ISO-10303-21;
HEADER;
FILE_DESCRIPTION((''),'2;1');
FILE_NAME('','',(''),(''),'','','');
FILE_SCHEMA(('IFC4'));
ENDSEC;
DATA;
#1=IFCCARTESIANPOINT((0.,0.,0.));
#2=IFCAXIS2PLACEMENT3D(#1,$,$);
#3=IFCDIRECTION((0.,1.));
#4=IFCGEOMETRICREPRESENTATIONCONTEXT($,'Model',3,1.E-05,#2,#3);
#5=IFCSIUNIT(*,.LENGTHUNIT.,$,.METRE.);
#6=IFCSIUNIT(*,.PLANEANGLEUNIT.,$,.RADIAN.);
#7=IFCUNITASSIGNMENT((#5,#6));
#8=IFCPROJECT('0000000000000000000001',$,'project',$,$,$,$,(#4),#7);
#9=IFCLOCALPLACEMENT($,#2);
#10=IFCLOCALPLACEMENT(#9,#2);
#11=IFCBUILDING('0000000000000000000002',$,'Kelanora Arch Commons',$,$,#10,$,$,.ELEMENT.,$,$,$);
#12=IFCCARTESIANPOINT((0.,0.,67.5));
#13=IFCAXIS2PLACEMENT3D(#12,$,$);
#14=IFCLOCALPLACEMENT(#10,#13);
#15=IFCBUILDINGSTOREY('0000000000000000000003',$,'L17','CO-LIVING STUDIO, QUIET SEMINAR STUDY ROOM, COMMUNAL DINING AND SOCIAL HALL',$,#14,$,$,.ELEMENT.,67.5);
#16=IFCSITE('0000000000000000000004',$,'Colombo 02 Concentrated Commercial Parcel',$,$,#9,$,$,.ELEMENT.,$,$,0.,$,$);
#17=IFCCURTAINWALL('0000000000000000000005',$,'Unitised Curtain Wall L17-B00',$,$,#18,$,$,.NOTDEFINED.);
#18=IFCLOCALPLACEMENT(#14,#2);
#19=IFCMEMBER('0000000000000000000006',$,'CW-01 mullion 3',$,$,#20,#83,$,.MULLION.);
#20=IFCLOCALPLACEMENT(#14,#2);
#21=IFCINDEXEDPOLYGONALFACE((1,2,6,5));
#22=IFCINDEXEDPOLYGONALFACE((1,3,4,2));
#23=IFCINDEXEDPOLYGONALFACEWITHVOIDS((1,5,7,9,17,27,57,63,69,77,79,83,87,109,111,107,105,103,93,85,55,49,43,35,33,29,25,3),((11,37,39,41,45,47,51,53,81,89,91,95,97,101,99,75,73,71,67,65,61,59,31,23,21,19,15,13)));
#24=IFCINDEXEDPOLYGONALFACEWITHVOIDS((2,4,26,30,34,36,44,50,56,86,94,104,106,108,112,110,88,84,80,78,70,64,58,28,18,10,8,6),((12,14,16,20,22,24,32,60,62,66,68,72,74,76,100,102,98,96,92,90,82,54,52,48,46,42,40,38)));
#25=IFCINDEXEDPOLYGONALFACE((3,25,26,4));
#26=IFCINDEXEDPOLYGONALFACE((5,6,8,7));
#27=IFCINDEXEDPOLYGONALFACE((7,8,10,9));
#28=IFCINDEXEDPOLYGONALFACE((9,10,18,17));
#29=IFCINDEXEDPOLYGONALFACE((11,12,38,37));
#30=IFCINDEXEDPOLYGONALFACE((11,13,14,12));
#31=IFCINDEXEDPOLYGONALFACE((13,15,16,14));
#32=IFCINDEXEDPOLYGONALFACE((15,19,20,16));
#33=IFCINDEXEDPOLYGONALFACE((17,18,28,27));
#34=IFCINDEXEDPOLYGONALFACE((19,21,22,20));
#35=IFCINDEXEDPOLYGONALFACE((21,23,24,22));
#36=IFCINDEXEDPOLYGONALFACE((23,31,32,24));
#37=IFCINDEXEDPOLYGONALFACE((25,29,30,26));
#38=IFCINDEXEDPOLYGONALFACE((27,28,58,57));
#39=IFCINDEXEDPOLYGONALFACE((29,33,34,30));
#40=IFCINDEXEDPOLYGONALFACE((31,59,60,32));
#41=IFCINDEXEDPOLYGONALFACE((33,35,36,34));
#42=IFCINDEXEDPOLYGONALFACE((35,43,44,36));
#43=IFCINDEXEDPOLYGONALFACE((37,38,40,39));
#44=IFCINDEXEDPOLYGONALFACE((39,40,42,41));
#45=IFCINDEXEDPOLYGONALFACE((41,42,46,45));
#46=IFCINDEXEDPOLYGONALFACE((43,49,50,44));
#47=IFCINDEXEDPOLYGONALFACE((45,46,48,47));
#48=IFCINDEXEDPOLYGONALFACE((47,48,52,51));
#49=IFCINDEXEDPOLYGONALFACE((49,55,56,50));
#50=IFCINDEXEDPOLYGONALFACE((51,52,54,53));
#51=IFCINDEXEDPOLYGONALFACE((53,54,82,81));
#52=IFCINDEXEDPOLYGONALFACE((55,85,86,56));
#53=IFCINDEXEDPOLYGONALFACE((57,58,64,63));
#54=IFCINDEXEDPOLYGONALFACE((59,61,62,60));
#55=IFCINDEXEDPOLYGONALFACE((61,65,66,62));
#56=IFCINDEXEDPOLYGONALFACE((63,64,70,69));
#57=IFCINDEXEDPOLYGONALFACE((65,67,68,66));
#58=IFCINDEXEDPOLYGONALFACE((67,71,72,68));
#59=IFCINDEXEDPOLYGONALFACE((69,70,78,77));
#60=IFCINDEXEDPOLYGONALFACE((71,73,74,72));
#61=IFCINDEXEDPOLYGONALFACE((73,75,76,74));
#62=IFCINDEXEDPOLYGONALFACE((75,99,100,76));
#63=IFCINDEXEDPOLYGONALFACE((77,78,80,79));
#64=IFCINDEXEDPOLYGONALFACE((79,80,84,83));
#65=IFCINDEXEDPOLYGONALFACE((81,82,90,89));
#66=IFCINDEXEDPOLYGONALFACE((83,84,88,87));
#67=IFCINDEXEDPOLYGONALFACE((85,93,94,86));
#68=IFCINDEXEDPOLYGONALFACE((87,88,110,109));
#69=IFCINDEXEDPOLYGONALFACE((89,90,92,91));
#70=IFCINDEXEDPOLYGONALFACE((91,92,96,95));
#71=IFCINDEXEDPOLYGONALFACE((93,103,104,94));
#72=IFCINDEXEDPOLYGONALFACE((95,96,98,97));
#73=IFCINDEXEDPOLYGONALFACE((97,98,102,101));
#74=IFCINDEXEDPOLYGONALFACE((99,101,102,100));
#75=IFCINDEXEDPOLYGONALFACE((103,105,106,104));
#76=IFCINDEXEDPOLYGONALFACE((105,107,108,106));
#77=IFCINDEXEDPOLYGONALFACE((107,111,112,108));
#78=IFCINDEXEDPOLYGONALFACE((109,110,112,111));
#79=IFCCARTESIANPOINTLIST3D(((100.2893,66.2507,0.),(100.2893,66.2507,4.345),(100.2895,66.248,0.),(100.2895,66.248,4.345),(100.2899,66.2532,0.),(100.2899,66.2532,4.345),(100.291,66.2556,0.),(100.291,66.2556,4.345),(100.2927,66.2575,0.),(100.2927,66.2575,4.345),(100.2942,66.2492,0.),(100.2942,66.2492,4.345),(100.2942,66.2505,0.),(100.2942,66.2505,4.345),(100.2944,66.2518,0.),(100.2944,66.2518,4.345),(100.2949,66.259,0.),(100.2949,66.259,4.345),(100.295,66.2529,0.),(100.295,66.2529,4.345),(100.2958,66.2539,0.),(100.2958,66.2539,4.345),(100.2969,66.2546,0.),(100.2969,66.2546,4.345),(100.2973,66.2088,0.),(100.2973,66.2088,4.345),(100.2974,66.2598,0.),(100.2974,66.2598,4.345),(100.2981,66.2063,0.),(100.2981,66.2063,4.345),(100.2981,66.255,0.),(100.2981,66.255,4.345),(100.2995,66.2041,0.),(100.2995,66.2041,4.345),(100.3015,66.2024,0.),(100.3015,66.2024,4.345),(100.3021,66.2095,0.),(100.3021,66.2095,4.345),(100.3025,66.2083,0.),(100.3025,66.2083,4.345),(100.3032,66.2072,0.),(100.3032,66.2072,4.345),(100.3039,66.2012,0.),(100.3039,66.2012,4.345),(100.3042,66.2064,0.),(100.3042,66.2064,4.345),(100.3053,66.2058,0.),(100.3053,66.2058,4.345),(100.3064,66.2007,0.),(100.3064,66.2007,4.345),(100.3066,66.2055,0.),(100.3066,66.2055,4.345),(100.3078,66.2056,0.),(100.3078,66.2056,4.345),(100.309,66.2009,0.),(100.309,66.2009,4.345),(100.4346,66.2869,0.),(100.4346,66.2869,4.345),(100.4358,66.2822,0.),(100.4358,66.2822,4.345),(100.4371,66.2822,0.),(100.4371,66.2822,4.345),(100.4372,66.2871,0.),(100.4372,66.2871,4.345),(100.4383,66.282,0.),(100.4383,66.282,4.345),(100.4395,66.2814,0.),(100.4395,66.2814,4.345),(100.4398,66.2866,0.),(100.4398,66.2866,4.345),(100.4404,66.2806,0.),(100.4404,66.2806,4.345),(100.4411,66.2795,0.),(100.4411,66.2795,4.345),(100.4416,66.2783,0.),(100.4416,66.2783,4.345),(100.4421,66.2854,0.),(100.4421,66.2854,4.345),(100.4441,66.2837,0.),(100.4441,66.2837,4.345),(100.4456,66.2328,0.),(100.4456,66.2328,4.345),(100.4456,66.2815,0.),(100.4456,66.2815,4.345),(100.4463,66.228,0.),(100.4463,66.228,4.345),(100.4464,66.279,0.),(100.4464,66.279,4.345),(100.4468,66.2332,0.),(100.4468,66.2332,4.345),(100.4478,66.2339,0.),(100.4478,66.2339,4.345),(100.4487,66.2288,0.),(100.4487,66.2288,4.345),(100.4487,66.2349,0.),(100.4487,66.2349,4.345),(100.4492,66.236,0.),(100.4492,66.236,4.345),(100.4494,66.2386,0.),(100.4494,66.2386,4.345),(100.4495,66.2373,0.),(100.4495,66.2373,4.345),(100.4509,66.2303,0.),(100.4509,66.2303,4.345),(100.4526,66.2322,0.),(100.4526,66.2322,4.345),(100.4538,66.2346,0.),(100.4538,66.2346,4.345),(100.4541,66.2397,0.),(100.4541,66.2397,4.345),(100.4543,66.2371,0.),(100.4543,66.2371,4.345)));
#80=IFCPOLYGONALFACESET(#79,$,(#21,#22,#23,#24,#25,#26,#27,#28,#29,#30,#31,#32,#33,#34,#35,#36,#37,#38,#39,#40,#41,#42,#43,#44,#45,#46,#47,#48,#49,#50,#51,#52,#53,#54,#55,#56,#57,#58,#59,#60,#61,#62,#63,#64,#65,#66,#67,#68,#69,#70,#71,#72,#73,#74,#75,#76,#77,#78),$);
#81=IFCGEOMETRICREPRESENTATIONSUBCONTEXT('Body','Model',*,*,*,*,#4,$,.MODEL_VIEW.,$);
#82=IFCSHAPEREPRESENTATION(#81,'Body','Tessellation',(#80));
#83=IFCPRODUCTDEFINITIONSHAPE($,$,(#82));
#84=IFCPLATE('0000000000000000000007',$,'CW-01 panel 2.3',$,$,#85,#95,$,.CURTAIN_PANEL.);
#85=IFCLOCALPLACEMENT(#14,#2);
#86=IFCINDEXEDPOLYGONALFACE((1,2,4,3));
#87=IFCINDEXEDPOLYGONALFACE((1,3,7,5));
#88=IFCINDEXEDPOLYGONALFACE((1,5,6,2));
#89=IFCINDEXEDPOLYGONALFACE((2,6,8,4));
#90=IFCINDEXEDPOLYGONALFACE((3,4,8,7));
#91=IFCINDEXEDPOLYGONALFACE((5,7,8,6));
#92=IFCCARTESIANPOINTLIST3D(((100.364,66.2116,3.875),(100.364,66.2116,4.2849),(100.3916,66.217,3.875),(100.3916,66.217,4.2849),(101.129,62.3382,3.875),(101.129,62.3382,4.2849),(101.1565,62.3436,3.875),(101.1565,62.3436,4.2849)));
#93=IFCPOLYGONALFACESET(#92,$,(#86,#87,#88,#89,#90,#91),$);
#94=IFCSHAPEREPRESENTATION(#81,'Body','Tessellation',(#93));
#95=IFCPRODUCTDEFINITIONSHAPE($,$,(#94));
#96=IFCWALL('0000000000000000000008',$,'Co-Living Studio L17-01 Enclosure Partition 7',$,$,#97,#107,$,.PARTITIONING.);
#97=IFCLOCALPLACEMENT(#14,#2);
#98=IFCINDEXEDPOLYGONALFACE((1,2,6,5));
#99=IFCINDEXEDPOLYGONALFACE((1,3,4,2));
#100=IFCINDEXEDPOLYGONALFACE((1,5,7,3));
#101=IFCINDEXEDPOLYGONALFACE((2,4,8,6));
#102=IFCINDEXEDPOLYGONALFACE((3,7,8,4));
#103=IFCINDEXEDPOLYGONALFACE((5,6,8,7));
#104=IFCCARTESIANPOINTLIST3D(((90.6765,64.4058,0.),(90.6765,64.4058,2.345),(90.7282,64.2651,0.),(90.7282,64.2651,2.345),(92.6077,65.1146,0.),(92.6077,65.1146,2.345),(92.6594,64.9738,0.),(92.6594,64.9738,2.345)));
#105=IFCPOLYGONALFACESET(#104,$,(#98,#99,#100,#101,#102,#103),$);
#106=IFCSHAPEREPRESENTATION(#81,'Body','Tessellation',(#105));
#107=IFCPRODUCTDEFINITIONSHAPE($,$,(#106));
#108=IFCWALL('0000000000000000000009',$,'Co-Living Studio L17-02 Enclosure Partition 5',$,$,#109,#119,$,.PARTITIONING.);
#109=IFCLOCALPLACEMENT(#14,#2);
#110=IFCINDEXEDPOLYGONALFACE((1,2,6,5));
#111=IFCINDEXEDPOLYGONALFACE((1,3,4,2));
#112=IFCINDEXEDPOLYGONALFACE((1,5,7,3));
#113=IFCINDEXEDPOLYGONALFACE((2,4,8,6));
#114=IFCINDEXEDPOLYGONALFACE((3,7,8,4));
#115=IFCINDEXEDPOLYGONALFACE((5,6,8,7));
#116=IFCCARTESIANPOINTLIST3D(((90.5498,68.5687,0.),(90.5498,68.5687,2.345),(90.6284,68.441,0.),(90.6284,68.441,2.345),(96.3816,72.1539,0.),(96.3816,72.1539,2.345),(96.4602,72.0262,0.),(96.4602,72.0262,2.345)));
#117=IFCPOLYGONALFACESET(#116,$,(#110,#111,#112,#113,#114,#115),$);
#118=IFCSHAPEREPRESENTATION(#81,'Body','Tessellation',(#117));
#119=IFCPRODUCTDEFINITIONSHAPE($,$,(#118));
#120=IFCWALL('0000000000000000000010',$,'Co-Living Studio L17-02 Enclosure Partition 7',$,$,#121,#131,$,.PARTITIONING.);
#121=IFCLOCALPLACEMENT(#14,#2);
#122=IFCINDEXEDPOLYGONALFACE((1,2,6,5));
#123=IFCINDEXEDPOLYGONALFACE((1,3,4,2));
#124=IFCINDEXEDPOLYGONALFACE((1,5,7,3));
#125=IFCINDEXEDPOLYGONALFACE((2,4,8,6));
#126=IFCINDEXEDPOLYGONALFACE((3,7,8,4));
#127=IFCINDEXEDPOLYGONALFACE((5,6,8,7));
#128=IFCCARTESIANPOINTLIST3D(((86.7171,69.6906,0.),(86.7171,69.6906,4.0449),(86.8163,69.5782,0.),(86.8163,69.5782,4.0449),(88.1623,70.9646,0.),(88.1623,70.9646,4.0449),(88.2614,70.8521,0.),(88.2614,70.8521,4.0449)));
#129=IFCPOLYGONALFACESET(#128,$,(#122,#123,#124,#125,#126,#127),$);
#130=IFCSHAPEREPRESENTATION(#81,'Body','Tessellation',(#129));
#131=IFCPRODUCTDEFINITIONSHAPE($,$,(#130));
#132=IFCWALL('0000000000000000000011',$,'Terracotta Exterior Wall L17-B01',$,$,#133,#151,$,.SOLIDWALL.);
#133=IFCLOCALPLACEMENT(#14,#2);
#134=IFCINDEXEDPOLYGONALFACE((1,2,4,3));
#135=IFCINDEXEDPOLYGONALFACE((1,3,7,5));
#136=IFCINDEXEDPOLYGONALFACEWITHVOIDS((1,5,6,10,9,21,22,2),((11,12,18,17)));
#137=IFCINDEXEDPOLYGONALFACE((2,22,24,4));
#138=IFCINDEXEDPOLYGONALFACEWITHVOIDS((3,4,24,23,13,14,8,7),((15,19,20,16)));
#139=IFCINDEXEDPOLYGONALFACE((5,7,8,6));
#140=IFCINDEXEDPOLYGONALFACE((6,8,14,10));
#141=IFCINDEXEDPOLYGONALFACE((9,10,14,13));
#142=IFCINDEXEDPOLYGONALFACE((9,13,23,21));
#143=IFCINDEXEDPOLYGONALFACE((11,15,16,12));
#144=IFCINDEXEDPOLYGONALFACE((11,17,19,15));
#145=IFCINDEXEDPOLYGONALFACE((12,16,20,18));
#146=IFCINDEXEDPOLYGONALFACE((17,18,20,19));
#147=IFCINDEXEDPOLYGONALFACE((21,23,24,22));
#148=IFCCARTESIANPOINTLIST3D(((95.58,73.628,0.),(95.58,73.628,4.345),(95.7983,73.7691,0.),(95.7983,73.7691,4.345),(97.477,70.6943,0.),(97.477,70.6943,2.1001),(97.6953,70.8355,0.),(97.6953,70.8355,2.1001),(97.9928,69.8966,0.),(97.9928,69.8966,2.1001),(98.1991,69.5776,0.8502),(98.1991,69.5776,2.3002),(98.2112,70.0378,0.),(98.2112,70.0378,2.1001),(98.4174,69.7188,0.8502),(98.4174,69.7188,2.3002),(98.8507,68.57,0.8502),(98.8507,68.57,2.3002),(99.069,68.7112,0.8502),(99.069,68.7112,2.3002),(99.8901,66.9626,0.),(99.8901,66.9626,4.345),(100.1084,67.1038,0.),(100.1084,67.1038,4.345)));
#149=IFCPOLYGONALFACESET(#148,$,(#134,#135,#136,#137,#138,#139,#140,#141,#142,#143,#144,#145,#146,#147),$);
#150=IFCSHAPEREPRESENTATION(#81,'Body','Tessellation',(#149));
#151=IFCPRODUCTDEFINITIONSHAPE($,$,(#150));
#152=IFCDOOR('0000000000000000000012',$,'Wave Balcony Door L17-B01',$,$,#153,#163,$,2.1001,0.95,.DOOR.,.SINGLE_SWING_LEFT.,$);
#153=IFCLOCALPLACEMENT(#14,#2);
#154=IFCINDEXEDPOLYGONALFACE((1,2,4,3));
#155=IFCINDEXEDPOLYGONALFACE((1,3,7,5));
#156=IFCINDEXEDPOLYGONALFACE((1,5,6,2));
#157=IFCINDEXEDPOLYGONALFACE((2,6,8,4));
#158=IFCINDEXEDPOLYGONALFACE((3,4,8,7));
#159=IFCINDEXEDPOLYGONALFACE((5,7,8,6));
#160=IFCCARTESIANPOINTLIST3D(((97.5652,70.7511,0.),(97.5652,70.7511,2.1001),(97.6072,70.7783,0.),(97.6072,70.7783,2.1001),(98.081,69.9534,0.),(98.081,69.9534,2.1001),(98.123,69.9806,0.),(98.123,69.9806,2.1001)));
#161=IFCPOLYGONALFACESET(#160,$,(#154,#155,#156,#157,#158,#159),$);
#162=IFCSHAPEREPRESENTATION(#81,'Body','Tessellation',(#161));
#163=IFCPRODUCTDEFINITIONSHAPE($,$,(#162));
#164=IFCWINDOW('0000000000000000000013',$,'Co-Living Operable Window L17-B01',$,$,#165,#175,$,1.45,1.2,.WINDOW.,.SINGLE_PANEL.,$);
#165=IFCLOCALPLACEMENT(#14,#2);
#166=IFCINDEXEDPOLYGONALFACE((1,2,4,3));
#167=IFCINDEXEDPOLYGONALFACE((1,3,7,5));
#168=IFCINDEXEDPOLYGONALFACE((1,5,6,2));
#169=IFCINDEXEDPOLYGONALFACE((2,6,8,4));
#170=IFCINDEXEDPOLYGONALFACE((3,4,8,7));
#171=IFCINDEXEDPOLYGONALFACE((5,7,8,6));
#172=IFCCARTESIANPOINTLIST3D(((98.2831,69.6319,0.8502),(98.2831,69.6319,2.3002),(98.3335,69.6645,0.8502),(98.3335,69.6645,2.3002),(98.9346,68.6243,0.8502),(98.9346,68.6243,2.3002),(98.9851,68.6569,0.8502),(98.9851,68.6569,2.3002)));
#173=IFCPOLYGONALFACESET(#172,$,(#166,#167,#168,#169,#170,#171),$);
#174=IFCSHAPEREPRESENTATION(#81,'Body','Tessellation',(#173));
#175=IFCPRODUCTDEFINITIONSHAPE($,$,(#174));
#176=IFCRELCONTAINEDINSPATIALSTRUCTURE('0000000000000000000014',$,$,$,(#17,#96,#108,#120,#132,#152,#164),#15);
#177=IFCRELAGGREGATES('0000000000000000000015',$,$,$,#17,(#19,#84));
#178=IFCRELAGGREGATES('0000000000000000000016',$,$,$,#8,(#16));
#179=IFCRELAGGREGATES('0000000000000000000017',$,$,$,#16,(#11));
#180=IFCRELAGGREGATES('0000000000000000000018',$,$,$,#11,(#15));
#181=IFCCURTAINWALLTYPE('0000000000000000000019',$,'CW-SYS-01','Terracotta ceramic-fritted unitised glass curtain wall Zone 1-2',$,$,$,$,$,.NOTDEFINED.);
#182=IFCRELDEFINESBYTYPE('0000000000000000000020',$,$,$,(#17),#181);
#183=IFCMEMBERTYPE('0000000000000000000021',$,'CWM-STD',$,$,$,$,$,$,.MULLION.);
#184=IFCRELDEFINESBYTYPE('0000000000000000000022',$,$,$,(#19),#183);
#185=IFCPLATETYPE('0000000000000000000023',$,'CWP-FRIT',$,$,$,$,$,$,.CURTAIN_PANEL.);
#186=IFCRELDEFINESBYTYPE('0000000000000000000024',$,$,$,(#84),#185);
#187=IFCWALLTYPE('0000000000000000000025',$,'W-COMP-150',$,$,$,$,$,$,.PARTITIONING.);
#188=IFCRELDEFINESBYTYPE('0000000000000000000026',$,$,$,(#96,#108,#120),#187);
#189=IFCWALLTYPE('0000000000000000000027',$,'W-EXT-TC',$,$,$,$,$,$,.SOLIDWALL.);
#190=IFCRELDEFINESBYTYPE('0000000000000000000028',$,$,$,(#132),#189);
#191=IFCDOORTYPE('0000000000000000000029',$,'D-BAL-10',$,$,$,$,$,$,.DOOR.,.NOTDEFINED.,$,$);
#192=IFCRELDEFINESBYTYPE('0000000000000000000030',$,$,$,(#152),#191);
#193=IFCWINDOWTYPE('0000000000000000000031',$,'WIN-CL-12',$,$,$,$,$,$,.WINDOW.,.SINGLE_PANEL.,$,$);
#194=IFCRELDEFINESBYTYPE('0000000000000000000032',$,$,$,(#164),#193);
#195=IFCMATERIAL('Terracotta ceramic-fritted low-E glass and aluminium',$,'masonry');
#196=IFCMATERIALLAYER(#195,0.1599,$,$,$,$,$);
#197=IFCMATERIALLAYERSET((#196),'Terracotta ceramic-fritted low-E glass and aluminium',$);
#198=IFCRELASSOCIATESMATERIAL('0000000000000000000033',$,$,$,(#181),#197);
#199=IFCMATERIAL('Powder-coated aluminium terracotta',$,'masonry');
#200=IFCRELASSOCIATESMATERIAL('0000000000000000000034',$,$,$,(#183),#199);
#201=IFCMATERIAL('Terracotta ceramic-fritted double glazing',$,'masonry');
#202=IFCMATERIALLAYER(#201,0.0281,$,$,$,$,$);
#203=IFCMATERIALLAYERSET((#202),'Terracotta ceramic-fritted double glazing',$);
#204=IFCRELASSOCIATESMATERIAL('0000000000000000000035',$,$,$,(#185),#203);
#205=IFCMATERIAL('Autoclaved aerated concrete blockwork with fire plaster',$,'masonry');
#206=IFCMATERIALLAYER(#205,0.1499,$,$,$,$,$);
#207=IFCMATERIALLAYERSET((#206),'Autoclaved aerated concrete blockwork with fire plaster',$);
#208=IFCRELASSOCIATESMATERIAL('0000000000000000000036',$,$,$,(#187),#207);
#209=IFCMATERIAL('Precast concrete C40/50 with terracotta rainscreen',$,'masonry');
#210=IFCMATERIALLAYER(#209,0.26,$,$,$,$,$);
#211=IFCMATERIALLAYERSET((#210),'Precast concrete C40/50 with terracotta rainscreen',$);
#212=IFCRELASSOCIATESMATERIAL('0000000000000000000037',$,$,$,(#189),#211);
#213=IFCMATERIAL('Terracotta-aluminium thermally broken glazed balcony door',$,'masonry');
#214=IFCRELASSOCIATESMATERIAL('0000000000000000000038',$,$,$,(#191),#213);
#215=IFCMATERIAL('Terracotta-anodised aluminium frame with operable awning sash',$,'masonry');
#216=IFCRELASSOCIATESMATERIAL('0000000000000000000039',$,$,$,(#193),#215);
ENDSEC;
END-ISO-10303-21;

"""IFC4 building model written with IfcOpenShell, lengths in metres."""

from ifc_helpers import new_model, si_unit, direction, frame, frame_2d, origin, origin_2d, place, context, subcontext, project, spatial, rectangle, hollow_rectangle, extrude, source, transform, mapped, material, layer, layer_set, material_profile, profile_set, type_object, element, fill, aggregate, save


model = new_model("IFC4")

# Units and contexts
model_context = context("Model", 3, precision=1e-05, world=origin(), true_north=direction((0.0, 1.0)))
body_context = subcontext(model_context, "Body", "Model", "MODEL_VIEW")
ifc_project = project(units=[si_unit("LENGTHUNIT", "METRE"), si_unit("PLANEANGLEUNIT", "RADIAN")], contexts=[model_context])

# Site, building, storey
site_placement = place(None, origin())
site = spatial("IfcSite", under=ifc_project, at=site_placement, Name="Colombo 02 Concentrated Commercial Parcel", CompositionType="ELEMENT", RefElevation=0.0)
building_placement = place(site_placement, origin())
building = spatial("IfcBuilding", under=site, at=building_placement, Name="Kelanora Arch Commons", CompositionType="ELEMENT")
storey_placement = place(building_placement, frame((0.0, 0.0, 67.5)))
storey = spatial("IfcBuildingStorey", under=building, at=storey_placement, Name="L17", Description="CO-LIVING STUDIO, QUIET SEMINAR STUDY ROOM, COMMUNAL DINING AND SOCIAL HALL", CompositionType="ELEMENT", Elevation=67.5)

# Curtain wall, member, plate
ifc_material_1 = material(Name="Terracotta ceramic-fritted low-E glass and aluminium", Category="masonry")
ifc_layer_1 = layer(ifc_material_1, 0.1599)
ifc_layer_set_1 = layer_set([ifc_layer_1], Name="Terracotta ceramic-fritted low-E glass and aluminium")
curtain_wall_type = type_object("IfcCurtainWallType", Name="CW-SYS-01", Description="Terracotta ceramic-fritted unitised glass curtain wall Zone 1-2", PredefinedType="NOTDEFINED", material=ifc_layer_set_1)
curtain_wall_placement = place(storey_placement, origin())
curtain_wall = element("IfcCurtainWall", 1, at=curtain_wall_placement, inside=storey, type_object=curtain_wall_type, Name="Unitised Curtain Wall L17-B00", PredefinedType="NOTDEFINED")
ifc_material_2 = material(Name="Powder-coated aluminium terracotta", Category="masonry")
ifc_material_profile_1 = material_profile(ifc_material_2, hollow_rectangle(XDim=0.1599, YDim=0.0601, WallThickness=0.0049, InnerFilletRadius=0.0049, OuterFilletRadius=0.01, at=origin_2d()), Name="CWM160x60")
ifc_profile_set_1 = profile_set([ifc_material_profile_1], Name="Powder-coated aluminium terracotta")
member_type = type_object("IfcMemberType", Name="CWM-STD", PredefinedType="MULLION", material=ifc_profile_set_1)
member_placement = place(storey_placement, frame((100.3718, 66.2439, 0.0), z_axis=(0.0, 0.0, 1.0), x_axis=(-0.981052, -0.193744, 0.0)))
member = element("IfcMember", 2, at=member_placement, type_object=member_type, Name="CW-01 mullion 3", PredefinedType="MULLION", context=body_context, shape_type="SweptSolid", body=[
    extrude(hollow_rectangle(XDim=0.1599, YDim=0.0601, WallThickness=0.0049, InnerFilletRadius=0.0049, OuterFilletRadius=0.01, at=origin_2d()), origin(), (0.0, 0.0, 1.0), 4.345),
])
ifc_material_3 = material(Name="Terracotta ceramic-fritted double glazing", Category="masonry")
ifc_layer_2 = layer(ifc_material_3, 0.0281)
ifc_layer_set_2 = layer_set([ifc_layer_2], Name="Terracotta ceramic-fritted double glazing")
plate_type = type_object("IfcPlateType", Name="CWP-FRIT", PredefinedType="CURTAIN_PANEL", material=ifc_layer_set_2)
shared_shape_1 = source(origin(), body_context, "Body", "SweptSolid", [
    extrude(rectangle(XDim=3.9482, YDim=0.0281, at=origin_2d()), origin(), (0.0, 0.0, 1.0), 0.4099),
])
plate_placement = place(storey_placement, frame((100.7603, 64.2776, 3.875), z_axis=(0.0, 0.0, 1.0), x_axis=(-0.193744, 0.981052, 0.0)))
plate = element("IfcPlate", 3, at=plate_placement, type_object=plate_type, Name="CW-01 panel 2.3", PredefinedType="CURTAIN_PANEL", context=body_context, shape_type="MappedRepresentation", body=[
    mapped(shared_shape_1, transform((0.0, 0.0, 0.0), scale=1.0)),
])
aggregate(curtain_wall, [member, plate])

# Walls
ifc_material_4 = material(Name="Autoclaved aerated concrete blockwork with fire plaster", Category="masonry")
ifc_layer_3 = layer(ifc_material_4, 0.1499)
ifc_layer_set_3 = layer_set([ifc_layer_3], Name="Autoclaved aerated concrete blockwork with fire plaster")
wall_type_1 = type_object("IfcWallType", Name="W-COMP-150", PredefinedType="PARTITIONING", material=ifc_layer_set_3)
wall_1_placement = place(storey_placement, frame((92.6335, 65.0442, 0.0), z_axis=(0.0, 0.0, 1.0), x_axis=(-0.938774, -0.344534, 0.0)))
element("IfcWall", 4, at=wall_1_placement, inside=storey, type_object=wall_type_1, Name="Co-Living Studio L17-01 Enclosure Partition 7", PredefinedType="PARTITIONING", context=body_context, shape_type="SweptSolid", body=[
    extrude(rectangle(XDim=2.0571, YDim=0.1499, at=frame_2d((1.0286, 0.0))), origin(), (0.0, 0.0, 1.0), 2.345),
])
wall_2_placement = place(storey_placement, frame((96.4209, 72.0901, 0.0), z_axis=(0.0, 0.0, 1.0), x_axis=(-0.851892, -0.523717, 0.0)))
element("IfcWall", 5, at=wall_2_placement, inside=storey, type_object=wall_type_1, Name="Co-Living Studio L17-02 Enclosure Partition 5", PredefinedType="PARTITIONING", context=body_context, shape_type="SweptSolid", body=[
    extrude(rectangle(XDim=6.8457, YDim=0.1499, at=frame_2d((3.4229, 0.0))), origin(), (0.0, 0.0, 1.0), 2.345),
])
wall_3_placement = place(storey_placement, frame((88.2119, 70.9084, 0.0), z_axis=(0.0, 0.0, 1.0), x_axis=(-0.75013, -0.66129, 0.0)))
element("IfcWall", 6, at=wall_3_placement, inside=storey, type_object=wall_type_1, Name="Co-Living Studio L17-02 Enclosure Partition 7", PredefinedType="PARTITIONING", context=body_context, shape_type="SweptSolid", body=[
    extrude(rectangle(XDim=1.9265, YDim=0.1499, at=frame_2d((0.9634, 0.0))), origin(), (0.0, 0.0, 1.0), 4.0449),
])

# Wall, openings, door, window
ifc_material_5 = material(Name="Precast concrete C40/50 with terracotta rainscreen", Category="masonry")
ifc_layer_4 = layer(ifc_material_5, 0.26)
ifc_layer_set_4 = layer_set([ifc_layer_4], Name="Precast concrete C40/50 with terracotta rainscreen")
wall_type_2 = type_object("IfcWallType", Name="W-EXT-TC", PredefinedType="SOLIDWALL", material=ifc_layer_set_4)
wall_4_placement = place(storey_placement, frame((99.9993, 67.0332, 0.0), z_axis=(0.0, 0.0, 1.0), x_axis=(-0.543005, 0.839729, 0.0)))
wall_4 = element("IfcWall", 7, at=wall_4_placement, inside=storey, type_object=wall_type_2, Name="Terracotta Exterior Wall L17-B01", PredefinedType="SOLIDWALL", context=body_context, shape_type="SweptSolid", body=[
    extrude(rectangle(XDim=7.9375, YDim=0.26, at=frame_2d((3.9688, 0.0))), origin(), (0.0, 0.0, 1.0), 4.345),
])
opening_1_placement = place(wall_4_placement, frame((3.4939, 0.0, 0.0)))
opening_1 = element("IfcOpeningElement", 8, at=opening_1_placement, cuts=wall_4, PredefinedType="OPENING", context=body_context, shape_type="SweptSolid", body=[
    extrude(rectangle(XDim=0.95, YDim=2.1001, at=frame_2d((0.4751, 1.05))), frame((0.0, 0.1401, 0.0), z_axis=(0.0, -1.0, 0.0), x_axis=(1.0, 0.0, 0.0)), (0.0, 0.0, 1.0), 0.28),
])
opening_2_placement = place(wall_4_placement, frame((1.9141, 0.0, 0.8501)))
opening_2 = element("IfcOpeningElement", 9, at=opening_2_placement, cuts=wall_4, PredefinedType="OPENING", context=body_context, shape_type="SweptSolid", body=[
    extrude(rectangle(XDim=1.2, YDim=1.45, at=frame_2d((0.6001, 0.7251))), frame((0.0, 0.1401, 0.0), z_axis=(0.0, -1.0, 0.0), x_axis=(1.0, 0.0, 0.0)), (0.0, 0.0, 1.0), 0.28),
])
ifc_material_6 = material(Name="Terracotta-aluminium thermally broken glazed balcony door", Category="masonry")
door_type = type_object("IfcDoorType", Name="D-BAL-10", OperationType="NOTDEFINED", PredefinedType="DOOR", material=ifc_material_6)
door_1_placement = place(opening_1_placement, frame((0.95, 0.0, 0.0), z_axis=(0.0, 0.0, 1.0), x_axis=(-1.0, 0.0, 0.0)))
door_1 = element("IfcDoor", 10, at=door_1_placement, inside=storey, type_object=door_type, Name="Wave Balcony Door L17-B01", OperationType="SINGLE_SWING_LEFT", OverallHeight=2.1001, OverallWidth=0.95, PredefinedType="DOOR", context=body_context, shape_type="SweptSolid", body=[
    extrude(rectangle(XDim=0.95, YDim=2.1001, at=frame_2d((0.4751, 1.05))), frame((0.0, 0.0249, 0.0), z_axis=(0.0, -1.0, 0.0), x_axis=(1.0, 0.0, 0.0)), (0.0, 0.0, 1.0), 0.05),
])
fill(opening_1, door_1)
ifc_material_7 = material(Name="Terracotta-anodised aluminium frame with operable awning sash", Category="masonry")
window_type = type_object("IfcWindowType", Name="WIN-CL-12", PartitioningType="SINGLE_PANEL", PredefinedType="WINDOW", material=ifc_material_7)
window_1_placement = place(opening_2_placement, origin())
window_1 = element("IfcWindow", 11, at=window_1_placement, inside=storey, type_object=window_type, Name="Co-Living Operable Window L17-B01", OverallHeight=1.45, OverallWidth=1.2, PartitioningType="SINGLE_PANEL", PredefinedType="WINDOW", context=body_context, shape_type="SweptSolid", body=[
    extrude(rectangle(XDim=1.2, YDim=1.45, at=frame_2d((0.6001, 0.7251))), frame((0.0, 0.03, 0.0), z_axis=(0.0, -1.0, 0.0), x_axis=(1.0, 0.0, 0.0)), (0.0, 0.0, 1.0), 0.0601),
])
fill(opening_2, window_1)

save(model, "model.ifc")
